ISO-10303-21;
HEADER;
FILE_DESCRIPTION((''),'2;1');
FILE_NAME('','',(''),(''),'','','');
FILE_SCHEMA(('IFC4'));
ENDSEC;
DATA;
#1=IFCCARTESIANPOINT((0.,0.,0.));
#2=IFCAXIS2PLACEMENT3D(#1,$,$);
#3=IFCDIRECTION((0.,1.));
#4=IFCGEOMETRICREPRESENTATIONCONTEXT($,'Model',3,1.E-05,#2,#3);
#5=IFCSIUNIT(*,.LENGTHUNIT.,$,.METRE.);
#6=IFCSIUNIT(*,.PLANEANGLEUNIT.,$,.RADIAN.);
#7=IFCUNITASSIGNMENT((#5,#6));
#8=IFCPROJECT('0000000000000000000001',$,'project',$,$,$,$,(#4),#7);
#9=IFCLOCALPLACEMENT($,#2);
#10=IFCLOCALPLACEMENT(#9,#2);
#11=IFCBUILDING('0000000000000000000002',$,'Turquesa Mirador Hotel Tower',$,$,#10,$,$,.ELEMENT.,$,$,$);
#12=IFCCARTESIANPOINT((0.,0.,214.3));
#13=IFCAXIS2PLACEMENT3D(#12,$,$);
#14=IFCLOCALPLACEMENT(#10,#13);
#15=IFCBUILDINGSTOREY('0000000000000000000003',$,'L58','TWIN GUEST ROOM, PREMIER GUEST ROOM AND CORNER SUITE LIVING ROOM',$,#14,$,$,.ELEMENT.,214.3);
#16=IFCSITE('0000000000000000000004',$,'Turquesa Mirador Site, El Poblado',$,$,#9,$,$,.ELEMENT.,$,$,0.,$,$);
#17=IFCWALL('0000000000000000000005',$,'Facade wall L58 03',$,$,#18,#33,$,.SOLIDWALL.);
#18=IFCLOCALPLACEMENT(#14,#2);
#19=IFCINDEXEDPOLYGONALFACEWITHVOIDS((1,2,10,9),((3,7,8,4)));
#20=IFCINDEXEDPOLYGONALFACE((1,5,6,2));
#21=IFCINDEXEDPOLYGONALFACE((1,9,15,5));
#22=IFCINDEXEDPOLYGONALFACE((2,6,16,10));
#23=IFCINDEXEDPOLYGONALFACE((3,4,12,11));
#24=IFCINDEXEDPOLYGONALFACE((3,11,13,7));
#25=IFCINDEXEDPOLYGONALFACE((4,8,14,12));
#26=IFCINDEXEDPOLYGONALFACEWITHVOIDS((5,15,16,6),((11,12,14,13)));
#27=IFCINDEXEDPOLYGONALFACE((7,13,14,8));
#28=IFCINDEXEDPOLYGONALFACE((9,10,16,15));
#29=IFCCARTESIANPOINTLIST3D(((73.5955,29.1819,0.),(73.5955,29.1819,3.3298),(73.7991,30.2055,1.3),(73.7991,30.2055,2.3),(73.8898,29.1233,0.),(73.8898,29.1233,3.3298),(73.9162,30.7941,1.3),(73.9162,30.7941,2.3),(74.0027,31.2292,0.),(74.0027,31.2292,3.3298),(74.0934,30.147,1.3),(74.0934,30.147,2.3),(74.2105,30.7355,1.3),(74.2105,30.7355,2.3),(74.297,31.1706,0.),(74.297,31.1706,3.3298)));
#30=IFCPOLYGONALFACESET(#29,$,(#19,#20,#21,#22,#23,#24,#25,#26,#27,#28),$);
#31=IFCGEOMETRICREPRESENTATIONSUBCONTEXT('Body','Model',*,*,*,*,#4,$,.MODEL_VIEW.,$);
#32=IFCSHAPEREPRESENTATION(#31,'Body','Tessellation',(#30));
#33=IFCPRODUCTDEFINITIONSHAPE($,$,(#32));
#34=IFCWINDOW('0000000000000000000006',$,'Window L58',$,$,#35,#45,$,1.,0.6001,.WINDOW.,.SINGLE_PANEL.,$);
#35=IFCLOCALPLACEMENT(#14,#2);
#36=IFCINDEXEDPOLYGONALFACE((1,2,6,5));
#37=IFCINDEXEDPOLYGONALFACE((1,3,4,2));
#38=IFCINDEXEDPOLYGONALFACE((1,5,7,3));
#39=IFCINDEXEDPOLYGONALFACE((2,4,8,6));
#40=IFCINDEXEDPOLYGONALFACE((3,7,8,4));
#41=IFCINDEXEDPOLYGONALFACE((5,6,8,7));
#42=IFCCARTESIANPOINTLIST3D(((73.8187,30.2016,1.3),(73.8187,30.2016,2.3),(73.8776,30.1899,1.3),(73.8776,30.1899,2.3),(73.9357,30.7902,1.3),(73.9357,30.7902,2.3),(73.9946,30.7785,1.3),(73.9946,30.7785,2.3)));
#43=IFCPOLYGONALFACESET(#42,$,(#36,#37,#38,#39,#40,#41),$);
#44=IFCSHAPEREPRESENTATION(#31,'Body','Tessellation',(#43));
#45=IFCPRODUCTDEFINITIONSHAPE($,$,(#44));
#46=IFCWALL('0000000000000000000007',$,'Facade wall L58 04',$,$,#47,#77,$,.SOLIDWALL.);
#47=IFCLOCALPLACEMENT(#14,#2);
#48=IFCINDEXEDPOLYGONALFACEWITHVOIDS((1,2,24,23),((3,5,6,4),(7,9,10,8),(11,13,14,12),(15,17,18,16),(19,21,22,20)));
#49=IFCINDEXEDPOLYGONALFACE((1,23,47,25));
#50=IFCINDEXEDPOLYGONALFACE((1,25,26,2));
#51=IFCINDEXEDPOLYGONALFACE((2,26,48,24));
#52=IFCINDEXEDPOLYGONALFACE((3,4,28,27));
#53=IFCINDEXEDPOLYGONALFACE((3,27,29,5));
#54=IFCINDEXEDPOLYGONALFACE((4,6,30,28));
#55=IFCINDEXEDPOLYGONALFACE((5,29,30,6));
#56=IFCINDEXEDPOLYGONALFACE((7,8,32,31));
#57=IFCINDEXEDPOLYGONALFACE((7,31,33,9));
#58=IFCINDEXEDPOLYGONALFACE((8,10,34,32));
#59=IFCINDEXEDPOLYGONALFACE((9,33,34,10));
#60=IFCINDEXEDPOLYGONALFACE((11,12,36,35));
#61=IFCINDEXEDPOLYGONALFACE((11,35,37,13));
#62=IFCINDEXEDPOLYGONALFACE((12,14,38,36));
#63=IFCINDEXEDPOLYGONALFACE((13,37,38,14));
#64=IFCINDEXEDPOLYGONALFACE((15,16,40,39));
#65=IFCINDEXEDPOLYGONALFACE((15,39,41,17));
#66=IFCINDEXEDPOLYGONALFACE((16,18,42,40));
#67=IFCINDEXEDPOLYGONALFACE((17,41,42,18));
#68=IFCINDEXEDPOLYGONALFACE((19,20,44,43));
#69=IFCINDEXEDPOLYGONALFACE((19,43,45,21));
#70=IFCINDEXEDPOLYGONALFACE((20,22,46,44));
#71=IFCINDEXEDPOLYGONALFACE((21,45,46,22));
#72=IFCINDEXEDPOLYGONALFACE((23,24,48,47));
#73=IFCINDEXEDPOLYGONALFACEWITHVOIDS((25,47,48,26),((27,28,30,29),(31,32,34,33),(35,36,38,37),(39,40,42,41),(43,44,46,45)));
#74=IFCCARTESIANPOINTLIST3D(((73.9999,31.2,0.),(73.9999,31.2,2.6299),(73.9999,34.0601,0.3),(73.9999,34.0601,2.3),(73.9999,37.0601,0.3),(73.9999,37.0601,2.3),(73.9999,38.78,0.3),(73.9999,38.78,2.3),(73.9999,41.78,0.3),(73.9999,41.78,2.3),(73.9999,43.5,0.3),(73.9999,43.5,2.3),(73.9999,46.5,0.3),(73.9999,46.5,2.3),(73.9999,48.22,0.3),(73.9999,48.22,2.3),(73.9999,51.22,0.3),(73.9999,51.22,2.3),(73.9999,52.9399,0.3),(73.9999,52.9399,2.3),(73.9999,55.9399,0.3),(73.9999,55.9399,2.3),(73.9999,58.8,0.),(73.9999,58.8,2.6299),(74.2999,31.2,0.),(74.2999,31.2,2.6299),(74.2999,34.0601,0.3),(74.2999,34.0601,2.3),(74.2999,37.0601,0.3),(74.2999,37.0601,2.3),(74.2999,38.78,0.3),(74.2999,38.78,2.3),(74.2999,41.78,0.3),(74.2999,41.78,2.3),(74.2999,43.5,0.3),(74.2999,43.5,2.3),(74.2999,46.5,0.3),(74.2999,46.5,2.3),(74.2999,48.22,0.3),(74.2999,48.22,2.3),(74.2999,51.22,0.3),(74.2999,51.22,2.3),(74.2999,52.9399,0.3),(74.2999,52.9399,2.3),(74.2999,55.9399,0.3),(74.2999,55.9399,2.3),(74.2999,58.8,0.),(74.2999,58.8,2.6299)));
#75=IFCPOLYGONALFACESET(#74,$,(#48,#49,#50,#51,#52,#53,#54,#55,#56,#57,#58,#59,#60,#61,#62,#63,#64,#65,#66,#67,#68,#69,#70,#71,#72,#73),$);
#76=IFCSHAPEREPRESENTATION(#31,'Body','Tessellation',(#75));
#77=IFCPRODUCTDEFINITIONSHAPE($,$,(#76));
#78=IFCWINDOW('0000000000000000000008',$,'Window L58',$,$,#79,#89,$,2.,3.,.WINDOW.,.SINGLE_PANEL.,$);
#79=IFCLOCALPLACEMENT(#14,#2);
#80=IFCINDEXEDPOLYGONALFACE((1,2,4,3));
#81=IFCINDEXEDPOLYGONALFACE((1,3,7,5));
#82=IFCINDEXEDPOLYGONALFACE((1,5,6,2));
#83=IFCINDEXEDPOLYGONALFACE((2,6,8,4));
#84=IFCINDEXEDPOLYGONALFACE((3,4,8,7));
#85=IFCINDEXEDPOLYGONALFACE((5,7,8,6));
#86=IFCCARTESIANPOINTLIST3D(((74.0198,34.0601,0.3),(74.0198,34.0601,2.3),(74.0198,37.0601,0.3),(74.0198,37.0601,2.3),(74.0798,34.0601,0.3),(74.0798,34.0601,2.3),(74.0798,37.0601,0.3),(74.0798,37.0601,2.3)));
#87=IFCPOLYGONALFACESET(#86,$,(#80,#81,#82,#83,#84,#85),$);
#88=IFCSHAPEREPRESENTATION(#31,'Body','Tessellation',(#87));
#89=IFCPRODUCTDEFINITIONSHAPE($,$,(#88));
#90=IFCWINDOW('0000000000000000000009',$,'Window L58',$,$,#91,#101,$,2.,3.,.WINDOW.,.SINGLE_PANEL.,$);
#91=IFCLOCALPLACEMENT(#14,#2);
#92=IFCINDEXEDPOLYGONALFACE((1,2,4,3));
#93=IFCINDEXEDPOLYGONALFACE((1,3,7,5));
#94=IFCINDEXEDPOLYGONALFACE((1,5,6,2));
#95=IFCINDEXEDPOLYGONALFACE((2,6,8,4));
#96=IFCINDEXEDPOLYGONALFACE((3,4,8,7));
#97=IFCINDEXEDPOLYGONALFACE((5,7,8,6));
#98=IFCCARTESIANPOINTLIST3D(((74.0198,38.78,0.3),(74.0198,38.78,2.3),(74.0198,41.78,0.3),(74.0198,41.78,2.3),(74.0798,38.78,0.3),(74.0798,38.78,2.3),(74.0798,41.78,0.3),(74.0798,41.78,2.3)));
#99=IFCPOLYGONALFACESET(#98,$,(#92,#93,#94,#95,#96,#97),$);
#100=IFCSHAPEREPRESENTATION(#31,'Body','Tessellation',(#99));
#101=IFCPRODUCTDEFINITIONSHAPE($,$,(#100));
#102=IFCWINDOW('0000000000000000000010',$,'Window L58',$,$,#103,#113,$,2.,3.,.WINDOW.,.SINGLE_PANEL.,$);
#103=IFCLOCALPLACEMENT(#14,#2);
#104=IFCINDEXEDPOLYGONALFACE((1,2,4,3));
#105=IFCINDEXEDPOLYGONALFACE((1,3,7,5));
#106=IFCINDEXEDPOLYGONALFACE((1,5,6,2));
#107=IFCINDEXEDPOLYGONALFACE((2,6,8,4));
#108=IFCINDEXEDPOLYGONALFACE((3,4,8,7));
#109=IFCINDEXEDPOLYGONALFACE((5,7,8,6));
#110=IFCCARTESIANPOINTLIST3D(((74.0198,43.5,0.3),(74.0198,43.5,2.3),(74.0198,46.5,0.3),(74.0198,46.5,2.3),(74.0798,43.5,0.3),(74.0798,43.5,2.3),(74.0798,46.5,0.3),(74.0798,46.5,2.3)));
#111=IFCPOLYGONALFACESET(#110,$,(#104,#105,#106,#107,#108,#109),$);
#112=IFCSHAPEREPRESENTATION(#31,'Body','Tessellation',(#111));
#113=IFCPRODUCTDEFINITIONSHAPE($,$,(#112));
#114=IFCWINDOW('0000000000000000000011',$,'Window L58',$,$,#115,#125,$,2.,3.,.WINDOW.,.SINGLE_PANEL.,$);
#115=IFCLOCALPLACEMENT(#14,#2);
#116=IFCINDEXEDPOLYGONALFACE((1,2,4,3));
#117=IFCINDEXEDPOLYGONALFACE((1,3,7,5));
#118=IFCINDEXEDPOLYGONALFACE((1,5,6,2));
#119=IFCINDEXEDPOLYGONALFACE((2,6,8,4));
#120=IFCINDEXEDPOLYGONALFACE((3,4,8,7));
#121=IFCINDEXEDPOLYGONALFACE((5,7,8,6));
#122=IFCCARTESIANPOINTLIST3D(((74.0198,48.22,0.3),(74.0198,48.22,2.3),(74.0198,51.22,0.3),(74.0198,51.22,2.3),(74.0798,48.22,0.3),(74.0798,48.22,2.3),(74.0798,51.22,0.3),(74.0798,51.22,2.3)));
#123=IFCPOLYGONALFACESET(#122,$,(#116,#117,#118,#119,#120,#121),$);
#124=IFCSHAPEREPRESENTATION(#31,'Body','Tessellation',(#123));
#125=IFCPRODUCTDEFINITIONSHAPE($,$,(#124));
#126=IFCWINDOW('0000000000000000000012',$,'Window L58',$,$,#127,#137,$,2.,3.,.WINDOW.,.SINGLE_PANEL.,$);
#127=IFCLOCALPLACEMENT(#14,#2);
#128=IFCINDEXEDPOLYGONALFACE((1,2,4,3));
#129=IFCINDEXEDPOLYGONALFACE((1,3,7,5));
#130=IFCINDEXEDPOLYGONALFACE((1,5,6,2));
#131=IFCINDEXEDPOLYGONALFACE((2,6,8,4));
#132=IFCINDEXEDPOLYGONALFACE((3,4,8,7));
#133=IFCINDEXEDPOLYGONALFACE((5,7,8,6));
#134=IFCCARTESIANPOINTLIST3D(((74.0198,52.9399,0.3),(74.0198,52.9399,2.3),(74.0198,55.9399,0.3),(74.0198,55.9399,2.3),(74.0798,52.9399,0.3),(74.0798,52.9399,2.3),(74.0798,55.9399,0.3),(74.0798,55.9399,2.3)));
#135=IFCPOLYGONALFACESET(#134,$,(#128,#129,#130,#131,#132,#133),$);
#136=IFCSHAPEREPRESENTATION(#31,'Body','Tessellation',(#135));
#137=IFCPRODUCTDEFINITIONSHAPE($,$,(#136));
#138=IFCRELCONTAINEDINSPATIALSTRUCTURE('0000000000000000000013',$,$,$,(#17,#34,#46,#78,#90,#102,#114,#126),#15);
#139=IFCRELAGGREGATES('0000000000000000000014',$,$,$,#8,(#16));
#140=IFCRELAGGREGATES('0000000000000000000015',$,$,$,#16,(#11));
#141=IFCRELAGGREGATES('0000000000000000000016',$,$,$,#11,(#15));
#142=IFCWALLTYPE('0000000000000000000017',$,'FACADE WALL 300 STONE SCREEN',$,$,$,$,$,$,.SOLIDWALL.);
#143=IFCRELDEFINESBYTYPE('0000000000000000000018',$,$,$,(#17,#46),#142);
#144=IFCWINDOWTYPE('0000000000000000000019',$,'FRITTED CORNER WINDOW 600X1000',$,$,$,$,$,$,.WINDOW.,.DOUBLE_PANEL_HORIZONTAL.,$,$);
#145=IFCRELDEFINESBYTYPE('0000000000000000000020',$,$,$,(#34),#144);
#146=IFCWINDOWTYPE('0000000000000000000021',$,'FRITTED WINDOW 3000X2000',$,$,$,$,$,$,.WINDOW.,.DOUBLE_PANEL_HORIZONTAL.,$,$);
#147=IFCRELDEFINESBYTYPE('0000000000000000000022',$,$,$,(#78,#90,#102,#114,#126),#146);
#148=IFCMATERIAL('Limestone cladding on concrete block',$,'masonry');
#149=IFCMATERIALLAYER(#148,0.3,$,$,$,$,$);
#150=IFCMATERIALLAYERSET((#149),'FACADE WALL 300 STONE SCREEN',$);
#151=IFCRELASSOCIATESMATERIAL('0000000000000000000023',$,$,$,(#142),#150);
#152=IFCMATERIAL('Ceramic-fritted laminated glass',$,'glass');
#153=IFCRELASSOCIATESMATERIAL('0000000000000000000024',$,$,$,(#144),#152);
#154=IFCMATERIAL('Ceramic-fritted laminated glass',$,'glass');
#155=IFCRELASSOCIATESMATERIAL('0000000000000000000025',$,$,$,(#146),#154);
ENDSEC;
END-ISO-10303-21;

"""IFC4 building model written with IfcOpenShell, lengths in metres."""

from ifc_helpers import new_model, si_unit, direction, frame, frame_2d, origin, place, context, subcontext, project, spatial, rectangle, extrude, material, layer, layer_set, type_object, element, fill, save


model = new_model("IFC4")

# Units and contexts
model_context = context("Model", 3, precision=1e-05, world=origin(), true_north=direction((0.0, 1.0)))
body_context = subcontext(model_context, "Body", "Model", "MODEL_VIEW")
ifc_project = project(units=[si_unit("LENGTHUNIT", "METRE"), si_unit("PLANEANGLEUNIT", "RADIAN")], contexts=[model_context])

# Site, building, storey
site_placement = place(None, origin())
site = spatial("IfcSite", under=ifc_project, at=site_placement, Name="Turquesa Mirador Site, El Poblado", CompositionType="ELEMENT", RefElevation=0.0)
building_placement = place(site_placement, origin())
building = spatial("IfcBuilding", under=site, at=building_placement, Name="Turquesa Mirador Hotel Tower", CompositionType="ELEMENT")
storey_placement = place(building_placement, frame((0.0, 0.0, 214.3)))
storey = spatial("IfcBuildingStorey", under=building, at=storey_placement, Name="L58", Description="TWIN GUEST ROOM, PREMIER GUEST ROOM AND CORNER SUITE LIVING ROOM", CompositionType="ELEMENT", Elevation=214.3)

# Wall, opening, window
ifc_material_1 = material(Name="Limestone cladding on concrete block", Category="masonry")
ifc_layer_1 = layer(ifc_material_1, 0.3)
ifc_layer_set_1 = layer_set([ifc_layer_1], Name="FACADE WALL 300 STONE SCREEN")
wall_type_1 = type_object("IfcWallType", Name="FACADE WALL 300 STONE SCREEN", PredefinedType="SOLIDWALL", material=ifc_layer_set_1)
wall_1_placement = place(storey_placement, frame((73.7427, 29.1526, 0.0), z_axis=(0.0, 0.0, 1.0), x_axis=(0.195081, 0.980787, 0.0)))
wall_1 = element("IfcWall", 1, at=wall_1_placement, inside=storey, type_object=wall_type_1, Name="Facade wall L58 03", PredefinedType="SOLIDWALL", context=body_context, shape_type="SweptSolid", body=[
    extrude(rectangle(XDim=2.0874, YDim=0.3, at=frame_2d((1.0437, 0.0))), origin(), (0.0, 0.0, 1.0), 3.3298),
])
opening_1_placement = place(wall_1_placement, frame((1.0437, 0.0, 1.3)))
opening_1 = element("IfcOpeningElement", 2, at=opening_1_placement, cuts=wall_1, PredefinedType="OPENING", context=body_context, shape_type="SweptSolid", body=[
    extrude(rectangle(XDim=0.6001, YDim=1.0, at=frame_2d((0.3, 0.5))), frame((0.0, 0.1599, 0.0), z_axis=(0.0, -1.0, 0.0), x_axis=(1.0, 0.0, 0.0)), (0.0, 0.0, 1.0), 0.3201),
])
ifc_material_2 = material(Name="Ceramic-fritted laminated glass", Category="glass")
window_type_1 = type_object("IfcWindowType", Name="FRITTED CORNER WINDOW 600X1000", PartitioningType="DOUBLE_PANEL_HORIZONTAL", PredefinedType="WINDOW", material=ifc_material_2)
window_1_placement = place(opening_1_placement, origin())
window_1 = element("IfcWindow", 3, at=window_1_placement, inside=storey, type_object=window_type_1, Name="Window L58", OverallHeight=1.0, OverallWidth=0.6001, PartitioningType="SINGLE_PANEL", PredefinedType="WINDOW", context=body_context, shape_type="SweptSolid", body=[
    extrude(rectangle(XDim=0.6001, YDim=1.0, at=frame_2d((0.3, 0.5))), frame((0.0, 0.1301, 0.0), z_axis=(0.0, -1.0, 0.0), x_axis=(1.0, 0.0, 0.0)), (0.0, 0.0, 1.0), 0.0601),
])
fill(opening_1, window_1)

# Wall, openings, windows
wall_2_placement = place(storey_placement, frame((74.1499, 31.2, 0.0), z_axis=(0.0, 0.0, 1.0), x_axis=(0.0, 1.0, 0.0)))
wall_2 = element("IfcWall", 4, at=wall_2_placement, inside=storey, type_object=wall_type_1, Name="Facade wall L58 04", PredefinedType="SOLIDWALL", context=body_context, shape_type="SweptSolid", body=[
    extrude(rectangle(XDim=27.6001, YDim=0.3, at=frame_2d((13.8, 0.0))), origin(), (0.0, 0.0, 1.0), 2.6299),
])
opening_2_placement = place(wall_2_placement, frame((2.8601, 0.0, 0.3)))
opening_2 = element("IfcOpeningElement", 5, at=opening_2_placement, cuts=wall_2, PredefinedType="OPENING", context=body_context, shape_type="SweptSolid", body=[
    extrude(rectangle(XDim=3.0, YDim=2.0, at=frame_2d((1.5, 1.0))), frame((0.0, 0.1599, 0.0), z_axis=(0.0, -1.0, 0.0), x_axis=(1.0, 0.0, 0.0)), (0.0, 0.0, 1.0), 0.3201),
])
opening_3_placement = place(wall_2_placement, frame((7.5801, 0.0, 0.3)))
opening_3 = element("IfcOpeningElement", 6, at=opening_3_placement, cuts=wall_2, PredefinedType="OPENING", context=body_context, shape_type="SweptSolid", body=[
    extrude(rectangle(XDim=3.0, YDim=2.0, at=frame_2d((1.5, 1.0))), frame((0.0, 0.1599, 0.0), z_axis=(0.0, -1.0, 0.0), x_axis=(1.0, 0.0, 0.0)), (0.0, 0.0, 1.0), 0.3201),
])
opening_4_placement = place(wall_2_placement, frame((12.3, 0.0, 0.3)))
opening_4 = element("IfcOpeningElement", 7, at=opening_4_placement, cuts=wall_2, PredefinedType="OPENING", context=body_context, shape_type="SweptSolid", body=[
    extrude(rectangle(XDim=3.0, YDim=2.0, at=frame_2d((1.5, 1.0))), frame((0.0, 0.1599, 0.0), z_axis=(0.0, -1.0, 0.0), x_axis=(1.0, 0.0, 0.0)), (0.0, 0.0, 1.0), 0.3201),
])
opening_5_placement = place(wall_2_placement, frame((17.02, 0.0, 0.3)))
opening_5 = element("IfcOpeningElement", 8, at=opening_5_placement, cuts=wall_2, PredefinedType="OPENING", context=body_context, shape_type="SweptSolid", body=[
    extrude(rectangle(XDim=3.0, YDim=2.0, at=frame_2d((1.5, 1.0))), frame((0.0, 0.1599, 0.0), z_axis=(0.0, -1.0, 0.0), x_axis=(1.0, 0.0, 0.0)), (0.0, 0.0, 1.0), 0.3201),
])
opening_6_placement = place(wall_2_placement, frame((21.74, 0.0, 0.3)))
opening_6 = element("IfcOpeningElement", 9, at=opening_6_placement, cuts=wall_2, PredefinedType="OPENING", context=body_context, shape_type="SweptSolid", body=[
    extrude(rectangle(XDim=3.0, YDim=2.0, at=frame_2d((1.5, 1.0))), frame((0.0, 0.1599, 0.0), z_axis=(0.0, -1.0, 0.0), x_axis=(1.0, 0.0, 0.0)), (0.0, 0.0, 1.0), 0.3201),
])
ifc_material_3 = material(Name="Ceramic-fritted laminated glass", Category="glass")
window_type_2 = type_object("IfcWindowType", Name="FRITTED WINDOW 3000X2000", PartitioningType="DOUBLE_PANEL_HORIZONTAL", PredefinedType="WINDOW", material=ifc_material_3)
window_2_placement = place(opening_2_placement, origin())
window_2 = element("IfcWindow", 10, at=window_2_placement, inside=storey, type_object=window_type_2, Name="Window L58", OverallHeight=2.0, OverallWidth=3.0, PartitioningType="SINGLE_PANEL", PredefinedType="WINDOW", context=body_context, shape_type="SweptSolid", body=[
    extrude(rectangle(XDim=3.0, YDim=2.0, at=frame_2d((1.5, 1.0))), frame((0.0, 0.1301, 0.0), z_axis=(0.0, -1.0, 0.0), x_axis=(1.0, 0.0, 0.0)), (0.0, 0.0, 1.0), 0.0601),
])
fill(opening_2, window_2)
window_3_placement = place(opening_3_placement, origin())
window_3 = element("IfcWindow", 11, at=window_3_placement, inside=storey, type_object=window_type_2, Name="Window L58", OverallHeight=2.0, OverallWidth=3.0, PartitioningType="SINGLE_PANEL", PredefinedType="WINDOW", context=body_context, shape_type="SweptSolid", body=[
    extrude(rectangle(XDim=3.0, YDim=2.0, at=frame_2d((1.5, 1.0))), frame((0.0, 0.1301, 0.0), z_axis=(0.0, -1.0, 0.0), x_axis=(1.0, 0.0, 0.0)), (0.0, 0.0, 1.0), 0.0601),
])
fill(opening_3, window_3)
window_4_placement = place(opening_4_placement, origin())
window_4 = element("IfcWindow", 12, at=window_4_placement, inside=storey, type_object=window_type_2, Name="Window L58", OverallHeight=2.0, OverallWidth=3.0, PartitioningType="SINGLE_PANEL", PredefinedType="WINDOW", context=body_context, shape_type="SweptSolid", body=[
    extrude(rectangle(XDim=3.0, YDim=2.0, at=frame_2d((1.5, 1.0))), frame((0.0, 0.1301, 0.0), z_axis=(0.0, -1.0, 0.0), x_axis=(1.0, 0.0, 0.0)), (0.0, 0.0, 1.0), 0.0601),
])
fill(opening_4, window_4)
window_5_placement = place(opening_5_placement, origin())
window_5 = element("IfcWindow", 13, at=window_5_placement, inside=storey, type_object=window_type_2, Name="Window L58", OverallHeight=2.0, OverallWidth=3.0, PartitioningType="SINGLE_PANEL", PredefinedType="WINDOW", context=body_context, shape_type="SweptSolid", body=[
    extrude(rectangle(XDim=3.0, YDim=2.0, at=frame_2d((1.5, 1.0))), frame((0.0, 0.1301, 0.0), z_axis=(0.0, -1.0, 0.0), x_axis=(1.0, 0.0, 0.0)), (0.0, 0.0, 1.0), 0.0601),
])
fill(opening_5, window_5)
window_6_placement = place(opening_6_placement, origin())
window_6 = element("IfcWindow", 14, at=window_6_placement, inside=storey, type_object=window_type_2, Name="Window L58", OverallHeight=2.0, OverallWidth=3.0, PartitioningType="SINGLE_PANEL", PredefinedType="WINDOW", context=body_context, shape_type="SweptSolid", body=[
    extrude(rectangle(XDim=3.0, YDim=2.0, at=frame_2d((1.5, 1.0))), frame((0.0, 0.1301, 0.0), z_axis=(0.0, -1.0, 0.0), x_axis=(1.0, 0.0, 0.0)), (0.0, 0.0, 1.0), 0.0601),
])
fill(opening_6, window_6)

save(model, "model.ifc")
